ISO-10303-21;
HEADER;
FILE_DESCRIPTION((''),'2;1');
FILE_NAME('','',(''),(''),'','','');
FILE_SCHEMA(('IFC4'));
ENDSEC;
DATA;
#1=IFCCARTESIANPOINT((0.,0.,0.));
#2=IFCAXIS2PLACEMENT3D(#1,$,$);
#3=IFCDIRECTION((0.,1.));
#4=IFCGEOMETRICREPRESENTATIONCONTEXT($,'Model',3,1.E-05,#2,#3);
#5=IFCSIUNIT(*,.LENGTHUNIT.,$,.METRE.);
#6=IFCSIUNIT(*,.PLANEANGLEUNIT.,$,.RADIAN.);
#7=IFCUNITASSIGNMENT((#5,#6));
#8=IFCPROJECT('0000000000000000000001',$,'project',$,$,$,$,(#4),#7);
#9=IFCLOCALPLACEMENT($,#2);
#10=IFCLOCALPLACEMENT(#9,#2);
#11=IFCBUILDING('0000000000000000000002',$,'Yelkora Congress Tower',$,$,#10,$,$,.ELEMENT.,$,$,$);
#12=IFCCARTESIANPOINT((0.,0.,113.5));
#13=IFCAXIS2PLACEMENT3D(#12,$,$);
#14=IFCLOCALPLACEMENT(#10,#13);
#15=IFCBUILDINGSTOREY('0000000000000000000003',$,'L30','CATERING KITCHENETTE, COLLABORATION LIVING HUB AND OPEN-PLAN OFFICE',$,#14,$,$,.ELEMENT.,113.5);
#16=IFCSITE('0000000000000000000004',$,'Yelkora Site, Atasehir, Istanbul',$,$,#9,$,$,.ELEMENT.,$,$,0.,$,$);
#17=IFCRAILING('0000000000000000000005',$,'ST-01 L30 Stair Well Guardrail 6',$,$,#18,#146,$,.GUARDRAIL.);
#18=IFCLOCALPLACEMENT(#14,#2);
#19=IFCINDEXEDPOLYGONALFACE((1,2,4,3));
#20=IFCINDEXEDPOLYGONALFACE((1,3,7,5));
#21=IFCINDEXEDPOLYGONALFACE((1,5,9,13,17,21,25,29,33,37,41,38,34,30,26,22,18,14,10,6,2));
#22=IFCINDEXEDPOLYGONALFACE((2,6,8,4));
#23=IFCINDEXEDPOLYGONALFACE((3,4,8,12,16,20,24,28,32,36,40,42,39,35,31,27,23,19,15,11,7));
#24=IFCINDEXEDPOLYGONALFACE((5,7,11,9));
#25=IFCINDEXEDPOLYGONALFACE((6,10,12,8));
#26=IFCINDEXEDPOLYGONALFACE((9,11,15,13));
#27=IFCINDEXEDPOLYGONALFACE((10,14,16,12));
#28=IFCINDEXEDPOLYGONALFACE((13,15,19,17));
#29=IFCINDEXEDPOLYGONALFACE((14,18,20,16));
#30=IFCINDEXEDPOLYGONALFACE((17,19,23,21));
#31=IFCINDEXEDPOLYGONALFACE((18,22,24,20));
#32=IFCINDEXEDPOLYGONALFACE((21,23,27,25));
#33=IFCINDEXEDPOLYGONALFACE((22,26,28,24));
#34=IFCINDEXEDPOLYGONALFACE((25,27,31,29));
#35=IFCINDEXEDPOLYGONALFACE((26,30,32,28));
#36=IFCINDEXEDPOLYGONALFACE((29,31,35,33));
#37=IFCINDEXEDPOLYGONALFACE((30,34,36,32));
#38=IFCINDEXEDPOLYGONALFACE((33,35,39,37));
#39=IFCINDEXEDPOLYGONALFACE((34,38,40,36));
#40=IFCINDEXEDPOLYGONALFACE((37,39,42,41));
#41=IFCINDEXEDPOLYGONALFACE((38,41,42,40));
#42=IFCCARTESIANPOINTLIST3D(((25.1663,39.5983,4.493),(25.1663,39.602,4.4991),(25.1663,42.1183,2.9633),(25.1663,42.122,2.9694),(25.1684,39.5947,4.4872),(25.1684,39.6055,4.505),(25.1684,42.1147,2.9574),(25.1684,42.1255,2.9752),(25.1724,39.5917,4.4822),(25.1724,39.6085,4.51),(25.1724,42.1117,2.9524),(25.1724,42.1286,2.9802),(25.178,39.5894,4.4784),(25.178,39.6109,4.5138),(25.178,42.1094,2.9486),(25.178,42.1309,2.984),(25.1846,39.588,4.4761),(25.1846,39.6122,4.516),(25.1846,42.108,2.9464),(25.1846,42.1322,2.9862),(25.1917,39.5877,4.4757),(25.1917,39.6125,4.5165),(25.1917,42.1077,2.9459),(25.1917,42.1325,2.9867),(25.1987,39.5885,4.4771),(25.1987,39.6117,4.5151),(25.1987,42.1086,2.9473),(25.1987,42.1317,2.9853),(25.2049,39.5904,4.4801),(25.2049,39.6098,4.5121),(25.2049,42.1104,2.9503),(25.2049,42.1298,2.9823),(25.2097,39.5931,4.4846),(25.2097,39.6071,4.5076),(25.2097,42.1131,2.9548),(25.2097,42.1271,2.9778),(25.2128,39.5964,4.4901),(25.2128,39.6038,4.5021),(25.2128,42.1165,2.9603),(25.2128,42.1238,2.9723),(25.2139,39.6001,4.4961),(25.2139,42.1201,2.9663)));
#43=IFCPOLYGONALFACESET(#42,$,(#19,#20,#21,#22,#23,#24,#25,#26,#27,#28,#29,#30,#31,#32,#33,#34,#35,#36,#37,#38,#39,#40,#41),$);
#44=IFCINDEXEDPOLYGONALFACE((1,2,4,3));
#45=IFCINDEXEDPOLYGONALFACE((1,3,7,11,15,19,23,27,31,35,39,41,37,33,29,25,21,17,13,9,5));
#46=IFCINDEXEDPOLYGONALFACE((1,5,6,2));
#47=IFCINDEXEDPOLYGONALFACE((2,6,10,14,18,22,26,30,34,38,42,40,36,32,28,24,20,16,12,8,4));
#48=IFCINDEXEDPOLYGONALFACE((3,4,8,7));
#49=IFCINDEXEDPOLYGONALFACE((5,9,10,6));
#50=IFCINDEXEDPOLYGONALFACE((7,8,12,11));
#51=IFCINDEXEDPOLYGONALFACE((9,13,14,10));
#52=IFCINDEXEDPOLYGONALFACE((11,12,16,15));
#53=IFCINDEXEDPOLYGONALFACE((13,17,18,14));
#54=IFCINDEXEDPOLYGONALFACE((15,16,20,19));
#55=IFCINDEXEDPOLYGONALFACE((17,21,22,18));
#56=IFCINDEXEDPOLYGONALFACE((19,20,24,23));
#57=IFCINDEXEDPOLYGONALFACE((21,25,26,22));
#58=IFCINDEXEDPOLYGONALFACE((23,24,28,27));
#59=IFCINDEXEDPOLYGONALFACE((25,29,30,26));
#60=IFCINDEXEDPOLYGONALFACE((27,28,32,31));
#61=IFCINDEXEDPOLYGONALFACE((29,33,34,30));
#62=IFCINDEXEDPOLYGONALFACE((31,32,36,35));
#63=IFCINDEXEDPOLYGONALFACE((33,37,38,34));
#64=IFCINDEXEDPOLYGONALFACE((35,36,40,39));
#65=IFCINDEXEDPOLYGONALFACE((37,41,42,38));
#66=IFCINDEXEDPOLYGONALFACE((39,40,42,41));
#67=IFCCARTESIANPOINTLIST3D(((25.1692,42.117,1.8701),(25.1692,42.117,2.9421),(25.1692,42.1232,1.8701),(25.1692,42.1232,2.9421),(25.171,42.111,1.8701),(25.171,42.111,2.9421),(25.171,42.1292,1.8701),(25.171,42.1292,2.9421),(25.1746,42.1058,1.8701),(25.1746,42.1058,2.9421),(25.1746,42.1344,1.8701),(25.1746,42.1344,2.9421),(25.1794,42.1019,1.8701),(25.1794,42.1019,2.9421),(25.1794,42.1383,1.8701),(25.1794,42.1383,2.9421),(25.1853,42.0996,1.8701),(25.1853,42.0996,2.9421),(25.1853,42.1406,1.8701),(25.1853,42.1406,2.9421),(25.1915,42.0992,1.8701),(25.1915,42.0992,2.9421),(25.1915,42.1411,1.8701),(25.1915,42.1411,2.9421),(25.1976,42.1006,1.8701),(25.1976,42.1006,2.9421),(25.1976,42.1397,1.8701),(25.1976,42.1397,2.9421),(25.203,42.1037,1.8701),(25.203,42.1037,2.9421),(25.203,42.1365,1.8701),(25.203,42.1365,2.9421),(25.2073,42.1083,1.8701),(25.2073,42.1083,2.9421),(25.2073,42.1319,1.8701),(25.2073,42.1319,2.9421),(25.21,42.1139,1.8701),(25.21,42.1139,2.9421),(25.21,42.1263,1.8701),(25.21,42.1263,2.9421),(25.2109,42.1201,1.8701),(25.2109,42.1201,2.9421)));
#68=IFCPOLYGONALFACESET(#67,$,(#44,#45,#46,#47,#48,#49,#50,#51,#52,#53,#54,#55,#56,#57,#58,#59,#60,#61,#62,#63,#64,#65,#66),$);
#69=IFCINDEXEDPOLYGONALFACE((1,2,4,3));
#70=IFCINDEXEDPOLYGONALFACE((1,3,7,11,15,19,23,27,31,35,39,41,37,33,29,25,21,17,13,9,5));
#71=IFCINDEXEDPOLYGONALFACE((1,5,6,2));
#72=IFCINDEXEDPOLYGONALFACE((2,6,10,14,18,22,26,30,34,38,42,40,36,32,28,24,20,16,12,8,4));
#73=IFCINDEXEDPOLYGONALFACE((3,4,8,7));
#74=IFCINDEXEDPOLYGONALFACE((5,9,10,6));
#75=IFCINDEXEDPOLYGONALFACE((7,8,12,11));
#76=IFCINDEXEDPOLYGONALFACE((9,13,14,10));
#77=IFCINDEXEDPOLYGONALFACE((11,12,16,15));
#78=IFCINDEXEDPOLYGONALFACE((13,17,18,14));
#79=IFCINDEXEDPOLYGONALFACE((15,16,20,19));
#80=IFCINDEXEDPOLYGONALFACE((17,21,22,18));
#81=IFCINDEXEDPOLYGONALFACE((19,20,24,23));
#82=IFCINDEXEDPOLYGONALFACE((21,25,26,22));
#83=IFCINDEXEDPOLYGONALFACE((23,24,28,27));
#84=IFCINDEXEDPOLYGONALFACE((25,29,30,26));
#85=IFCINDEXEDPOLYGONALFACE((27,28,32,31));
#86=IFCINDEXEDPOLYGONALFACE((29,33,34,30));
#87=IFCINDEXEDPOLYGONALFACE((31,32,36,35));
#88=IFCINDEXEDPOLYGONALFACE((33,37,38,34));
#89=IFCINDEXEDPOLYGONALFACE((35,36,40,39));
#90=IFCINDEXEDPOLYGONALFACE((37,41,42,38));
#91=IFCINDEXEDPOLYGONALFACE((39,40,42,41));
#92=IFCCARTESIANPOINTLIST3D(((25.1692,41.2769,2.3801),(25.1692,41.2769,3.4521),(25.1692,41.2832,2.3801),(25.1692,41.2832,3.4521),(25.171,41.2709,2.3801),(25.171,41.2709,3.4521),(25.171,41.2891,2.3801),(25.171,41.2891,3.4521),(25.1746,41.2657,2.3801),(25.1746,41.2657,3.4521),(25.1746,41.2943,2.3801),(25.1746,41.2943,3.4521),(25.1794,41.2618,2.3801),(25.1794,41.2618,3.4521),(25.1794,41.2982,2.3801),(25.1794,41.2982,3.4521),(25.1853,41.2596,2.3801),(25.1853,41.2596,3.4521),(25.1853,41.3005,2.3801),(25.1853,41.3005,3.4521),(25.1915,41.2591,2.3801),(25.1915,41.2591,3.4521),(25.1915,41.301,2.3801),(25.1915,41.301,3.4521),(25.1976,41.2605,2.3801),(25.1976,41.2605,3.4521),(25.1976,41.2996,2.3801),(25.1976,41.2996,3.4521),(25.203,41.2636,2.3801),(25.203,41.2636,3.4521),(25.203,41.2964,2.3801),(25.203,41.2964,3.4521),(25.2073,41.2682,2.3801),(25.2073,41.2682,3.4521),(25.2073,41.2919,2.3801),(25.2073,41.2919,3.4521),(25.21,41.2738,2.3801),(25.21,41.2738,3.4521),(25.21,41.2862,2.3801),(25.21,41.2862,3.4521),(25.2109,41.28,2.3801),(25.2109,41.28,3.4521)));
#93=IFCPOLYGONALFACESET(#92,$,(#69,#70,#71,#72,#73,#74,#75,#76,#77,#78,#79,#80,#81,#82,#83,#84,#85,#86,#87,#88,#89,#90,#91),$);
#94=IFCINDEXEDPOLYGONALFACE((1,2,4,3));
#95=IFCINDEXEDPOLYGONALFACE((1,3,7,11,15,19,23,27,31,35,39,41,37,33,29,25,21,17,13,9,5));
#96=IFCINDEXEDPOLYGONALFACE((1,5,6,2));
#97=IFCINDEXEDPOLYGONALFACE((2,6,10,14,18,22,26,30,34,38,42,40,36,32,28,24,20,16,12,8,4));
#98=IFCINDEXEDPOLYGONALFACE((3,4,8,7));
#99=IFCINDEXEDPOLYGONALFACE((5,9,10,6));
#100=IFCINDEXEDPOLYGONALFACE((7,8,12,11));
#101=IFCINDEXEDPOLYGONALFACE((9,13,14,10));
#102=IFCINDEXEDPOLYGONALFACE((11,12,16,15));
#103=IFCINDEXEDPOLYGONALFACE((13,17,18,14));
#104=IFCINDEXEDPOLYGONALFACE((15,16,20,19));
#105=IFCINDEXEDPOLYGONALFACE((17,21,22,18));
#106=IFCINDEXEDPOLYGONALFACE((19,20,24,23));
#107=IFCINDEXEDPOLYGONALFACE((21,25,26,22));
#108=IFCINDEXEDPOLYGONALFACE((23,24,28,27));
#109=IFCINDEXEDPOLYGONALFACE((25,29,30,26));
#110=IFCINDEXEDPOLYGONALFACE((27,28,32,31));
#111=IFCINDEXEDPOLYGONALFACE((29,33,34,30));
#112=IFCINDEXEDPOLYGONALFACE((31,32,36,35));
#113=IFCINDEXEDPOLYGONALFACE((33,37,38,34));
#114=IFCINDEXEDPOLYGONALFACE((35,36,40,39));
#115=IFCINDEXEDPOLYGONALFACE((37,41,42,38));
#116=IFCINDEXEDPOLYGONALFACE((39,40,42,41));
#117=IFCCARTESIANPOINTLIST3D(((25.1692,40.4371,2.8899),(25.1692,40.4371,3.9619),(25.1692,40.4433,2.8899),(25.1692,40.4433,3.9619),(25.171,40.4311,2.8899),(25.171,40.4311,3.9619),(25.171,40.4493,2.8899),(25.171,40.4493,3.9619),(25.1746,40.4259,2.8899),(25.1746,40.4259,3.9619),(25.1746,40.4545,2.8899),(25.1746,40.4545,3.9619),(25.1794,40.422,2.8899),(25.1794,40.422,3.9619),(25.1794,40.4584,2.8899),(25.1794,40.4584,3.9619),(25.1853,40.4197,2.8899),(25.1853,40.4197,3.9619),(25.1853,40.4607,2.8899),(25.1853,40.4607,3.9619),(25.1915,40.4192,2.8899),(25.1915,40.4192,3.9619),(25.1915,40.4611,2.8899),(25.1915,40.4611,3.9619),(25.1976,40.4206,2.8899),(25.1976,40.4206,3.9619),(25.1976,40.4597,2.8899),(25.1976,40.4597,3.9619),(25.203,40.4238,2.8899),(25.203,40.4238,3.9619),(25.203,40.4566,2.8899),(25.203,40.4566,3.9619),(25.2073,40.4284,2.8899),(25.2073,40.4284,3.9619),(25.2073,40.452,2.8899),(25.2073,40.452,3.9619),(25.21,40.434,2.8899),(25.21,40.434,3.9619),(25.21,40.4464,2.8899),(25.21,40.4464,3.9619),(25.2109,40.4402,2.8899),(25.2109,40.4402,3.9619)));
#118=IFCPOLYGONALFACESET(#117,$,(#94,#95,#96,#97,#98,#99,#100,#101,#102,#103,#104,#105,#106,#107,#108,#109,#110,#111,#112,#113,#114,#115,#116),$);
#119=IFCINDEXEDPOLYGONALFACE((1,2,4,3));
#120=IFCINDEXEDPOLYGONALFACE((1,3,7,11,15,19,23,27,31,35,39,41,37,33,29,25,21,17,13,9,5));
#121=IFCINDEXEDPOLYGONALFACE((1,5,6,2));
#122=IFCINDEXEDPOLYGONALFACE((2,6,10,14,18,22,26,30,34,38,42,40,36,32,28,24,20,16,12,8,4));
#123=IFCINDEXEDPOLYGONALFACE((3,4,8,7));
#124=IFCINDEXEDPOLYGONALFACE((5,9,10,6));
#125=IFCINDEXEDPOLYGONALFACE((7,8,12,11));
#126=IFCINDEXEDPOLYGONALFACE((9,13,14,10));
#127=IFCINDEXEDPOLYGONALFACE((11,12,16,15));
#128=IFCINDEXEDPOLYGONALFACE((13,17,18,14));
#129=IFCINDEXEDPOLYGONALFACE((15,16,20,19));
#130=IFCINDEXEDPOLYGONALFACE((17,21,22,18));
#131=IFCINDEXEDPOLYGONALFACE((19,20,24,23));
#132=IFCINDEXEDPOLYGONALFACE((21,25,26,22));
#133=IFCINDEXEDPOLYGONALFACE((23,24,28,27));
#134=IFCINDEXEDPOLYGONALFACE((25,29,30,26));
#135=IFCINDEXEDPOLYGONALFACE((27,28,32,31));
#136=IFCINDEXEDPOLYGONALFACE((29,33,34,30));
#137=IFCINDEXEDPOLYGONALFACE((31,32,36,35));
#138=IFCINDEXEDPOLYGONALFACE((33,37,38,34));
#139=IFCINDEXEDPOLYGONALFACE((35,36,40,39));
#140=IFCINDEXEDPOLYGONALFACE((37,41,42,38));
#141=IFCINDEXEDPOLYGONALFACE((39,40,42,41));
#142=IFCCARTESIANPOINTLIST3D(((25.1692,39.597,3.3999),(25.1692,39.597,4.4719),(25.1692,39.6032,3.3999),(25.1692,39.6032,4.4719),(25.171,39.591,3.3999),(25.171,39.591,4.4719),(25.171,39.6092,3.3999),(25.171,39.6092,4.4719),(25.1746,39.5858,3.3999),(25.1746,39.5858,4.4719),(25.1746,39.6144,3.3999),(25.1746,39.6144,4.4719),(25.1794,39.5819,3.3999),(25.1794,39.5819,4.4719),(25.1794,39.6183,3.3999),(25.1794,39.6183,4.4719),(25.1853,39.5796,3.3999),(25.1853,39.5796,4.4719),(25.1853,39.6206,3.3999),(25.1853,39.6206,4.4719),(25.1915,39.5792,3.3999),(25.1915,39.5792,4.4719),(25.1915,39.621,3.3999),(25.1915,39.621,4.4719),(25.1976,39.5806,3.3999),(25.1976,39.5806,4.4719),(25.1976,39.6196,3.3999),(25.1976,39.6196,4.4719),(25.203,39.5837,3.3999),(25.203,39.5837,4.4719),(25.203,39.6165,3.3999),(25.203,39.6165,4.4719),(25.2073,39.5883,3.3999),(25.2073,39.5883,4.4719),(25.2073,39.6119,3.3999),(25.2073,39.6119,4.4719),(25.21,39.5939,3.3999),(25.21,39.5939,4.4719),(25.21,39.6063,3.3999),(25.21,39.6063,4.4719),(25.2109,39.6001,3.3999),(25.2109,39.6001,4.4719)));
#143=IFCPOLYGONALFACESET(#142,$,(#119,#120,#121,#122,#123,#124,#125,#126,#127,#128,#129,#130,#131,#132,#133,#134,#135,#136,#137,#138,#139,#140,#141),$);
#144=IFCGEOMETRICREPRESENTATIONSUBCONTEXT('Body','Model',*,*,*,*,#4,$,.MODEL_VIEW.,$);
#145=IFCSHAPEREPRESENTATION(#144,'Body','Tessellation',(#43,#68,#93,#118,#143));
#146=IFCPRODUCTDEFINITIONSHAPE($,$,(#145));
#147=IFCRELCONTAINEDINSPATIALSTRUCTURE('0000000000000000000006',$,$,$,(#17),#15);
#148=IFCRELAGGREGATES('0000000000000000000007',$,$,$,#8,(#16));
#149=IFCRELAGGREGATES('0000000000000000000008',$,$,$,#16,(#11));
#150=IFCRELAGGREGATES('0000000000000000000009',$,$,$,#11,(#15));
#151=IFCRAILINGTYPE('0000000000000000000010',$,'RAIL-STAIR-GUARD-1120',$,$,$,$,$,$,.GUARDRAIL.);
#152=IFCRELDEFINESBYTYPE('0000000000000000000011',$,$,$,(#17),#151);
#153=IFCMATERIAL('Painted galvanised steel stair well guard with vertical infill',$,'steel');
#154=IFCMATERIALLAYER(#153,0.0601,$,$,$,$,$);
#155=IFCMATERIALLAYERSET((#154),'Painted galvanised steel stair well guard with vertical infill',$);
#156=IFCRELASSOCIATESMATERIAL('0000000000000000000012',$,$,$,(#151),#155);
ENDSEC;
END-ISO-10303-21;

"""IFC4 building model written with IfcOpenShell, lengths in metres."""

from ifc_helpers import new_model, si_unit, direction, frame, origin, origin_2d, place, context, subcontext, project, spatial, circle, extrude, material, layer, layer_set, type_object, element, save


model = new_model("IFC4")

# Units and contexts
model_context = context("Model", 3, precision=1e-05, world=origin(), true_north=direction((0.0, 1.0)))
body_context = subcontext(model_context, "Body", "Model", "MODEL_VIEW")
ifc_project = project(units=[si_unit("LENGTHUNIT", "METRE"), si_unit("PLANEANGLEUNIT", "RADIAN")], contexts=[model_context])

# Site, building, storey
site_placement = place(None, origin())
site = spatial("IfcSite", under=ifc_project, at=site_placement, Name="Yelkora Site, Atasehir, Istanbul", CompositionType="ELEMENT", RefElevation=0.0)
building_placement = place(site_placement, origin())
building = spatial("IfcBuilding", under=site, at=building_placement, Name="Yelkora Congress Tower", CompositionType="ELEMENT")
storey_placement = place(building_placement, frame((0.0, 0.0, 113.5)))
storey = spatial("IfcBuildingStorey", under=building, at=storey_placement, Name="L30", Description="CATERING KITCHENETTE, COLLABORATION LIVING HUB AND OPEN-PLAN OFFICE", CompositionType="ELEMENT", Elevation=113.5)

# Railing
ifc_material_1 = material(Name="Painted galvanised steel stair well guard with vertical infill", Category="steel")
ifc_layer_1 = layer(ifc_material_1, 0.0601)
ifc_layer_set_1 = layer_set([ifc_layer_1], Name="Painted galvanised steel stair well guard with vertical infill")
railing_type_1 = type_object("IfcRailingType", Name="RAIL-STAIR-GUARD-1120", PredefinedType="GUARDRAIL", material=ifc_layer_set_1)
railing_1_placement = place(storey_placement, frame((25.1899, 42.1201, 1.8701)))
element("IfcRailing", 1, at=railing_1_placement, inside=storey, type_object=railing_type_1, Name="ST-01 L30 Stair Well Guardrail 6", PredefinedType="GUARDRAIL", context=body_context, shape_type="SweptSolid", body=[
    extrude(circle(Radius=0.0239, at=origin_2d()), frame((0.0, 0.0, 1.0962), z_axis=(0.0, -0.854822, 0.518922), x_axis=(1.0, 0.0, 0.0)), (0.0, 0.0, 1.0), 2.948),
    extrude(circle(Radius=0.021, at=origin_2d()), origin(), (0.0, 0.0, 1.0), 1.072),
    extrude(circle(Radius=0.021, at=origin_2d()), frame((0.0, -0.8401, 0.51)), (0.0, 0.0, 1.0), 1.072),
    extrude(circle(Radius=0.021, at=origin_2d()), frame((0.0, -1.6799, 1.0198)), (0.0, 0.0, 1.0), 1.072),
    extrude(circle(Radius=0.021, at=origin_2d()), frame((0.0, -2.52, 1.5298)), (0.0, 0.0, 1.0), 1.072),
])

save(model, "model.ifc")
